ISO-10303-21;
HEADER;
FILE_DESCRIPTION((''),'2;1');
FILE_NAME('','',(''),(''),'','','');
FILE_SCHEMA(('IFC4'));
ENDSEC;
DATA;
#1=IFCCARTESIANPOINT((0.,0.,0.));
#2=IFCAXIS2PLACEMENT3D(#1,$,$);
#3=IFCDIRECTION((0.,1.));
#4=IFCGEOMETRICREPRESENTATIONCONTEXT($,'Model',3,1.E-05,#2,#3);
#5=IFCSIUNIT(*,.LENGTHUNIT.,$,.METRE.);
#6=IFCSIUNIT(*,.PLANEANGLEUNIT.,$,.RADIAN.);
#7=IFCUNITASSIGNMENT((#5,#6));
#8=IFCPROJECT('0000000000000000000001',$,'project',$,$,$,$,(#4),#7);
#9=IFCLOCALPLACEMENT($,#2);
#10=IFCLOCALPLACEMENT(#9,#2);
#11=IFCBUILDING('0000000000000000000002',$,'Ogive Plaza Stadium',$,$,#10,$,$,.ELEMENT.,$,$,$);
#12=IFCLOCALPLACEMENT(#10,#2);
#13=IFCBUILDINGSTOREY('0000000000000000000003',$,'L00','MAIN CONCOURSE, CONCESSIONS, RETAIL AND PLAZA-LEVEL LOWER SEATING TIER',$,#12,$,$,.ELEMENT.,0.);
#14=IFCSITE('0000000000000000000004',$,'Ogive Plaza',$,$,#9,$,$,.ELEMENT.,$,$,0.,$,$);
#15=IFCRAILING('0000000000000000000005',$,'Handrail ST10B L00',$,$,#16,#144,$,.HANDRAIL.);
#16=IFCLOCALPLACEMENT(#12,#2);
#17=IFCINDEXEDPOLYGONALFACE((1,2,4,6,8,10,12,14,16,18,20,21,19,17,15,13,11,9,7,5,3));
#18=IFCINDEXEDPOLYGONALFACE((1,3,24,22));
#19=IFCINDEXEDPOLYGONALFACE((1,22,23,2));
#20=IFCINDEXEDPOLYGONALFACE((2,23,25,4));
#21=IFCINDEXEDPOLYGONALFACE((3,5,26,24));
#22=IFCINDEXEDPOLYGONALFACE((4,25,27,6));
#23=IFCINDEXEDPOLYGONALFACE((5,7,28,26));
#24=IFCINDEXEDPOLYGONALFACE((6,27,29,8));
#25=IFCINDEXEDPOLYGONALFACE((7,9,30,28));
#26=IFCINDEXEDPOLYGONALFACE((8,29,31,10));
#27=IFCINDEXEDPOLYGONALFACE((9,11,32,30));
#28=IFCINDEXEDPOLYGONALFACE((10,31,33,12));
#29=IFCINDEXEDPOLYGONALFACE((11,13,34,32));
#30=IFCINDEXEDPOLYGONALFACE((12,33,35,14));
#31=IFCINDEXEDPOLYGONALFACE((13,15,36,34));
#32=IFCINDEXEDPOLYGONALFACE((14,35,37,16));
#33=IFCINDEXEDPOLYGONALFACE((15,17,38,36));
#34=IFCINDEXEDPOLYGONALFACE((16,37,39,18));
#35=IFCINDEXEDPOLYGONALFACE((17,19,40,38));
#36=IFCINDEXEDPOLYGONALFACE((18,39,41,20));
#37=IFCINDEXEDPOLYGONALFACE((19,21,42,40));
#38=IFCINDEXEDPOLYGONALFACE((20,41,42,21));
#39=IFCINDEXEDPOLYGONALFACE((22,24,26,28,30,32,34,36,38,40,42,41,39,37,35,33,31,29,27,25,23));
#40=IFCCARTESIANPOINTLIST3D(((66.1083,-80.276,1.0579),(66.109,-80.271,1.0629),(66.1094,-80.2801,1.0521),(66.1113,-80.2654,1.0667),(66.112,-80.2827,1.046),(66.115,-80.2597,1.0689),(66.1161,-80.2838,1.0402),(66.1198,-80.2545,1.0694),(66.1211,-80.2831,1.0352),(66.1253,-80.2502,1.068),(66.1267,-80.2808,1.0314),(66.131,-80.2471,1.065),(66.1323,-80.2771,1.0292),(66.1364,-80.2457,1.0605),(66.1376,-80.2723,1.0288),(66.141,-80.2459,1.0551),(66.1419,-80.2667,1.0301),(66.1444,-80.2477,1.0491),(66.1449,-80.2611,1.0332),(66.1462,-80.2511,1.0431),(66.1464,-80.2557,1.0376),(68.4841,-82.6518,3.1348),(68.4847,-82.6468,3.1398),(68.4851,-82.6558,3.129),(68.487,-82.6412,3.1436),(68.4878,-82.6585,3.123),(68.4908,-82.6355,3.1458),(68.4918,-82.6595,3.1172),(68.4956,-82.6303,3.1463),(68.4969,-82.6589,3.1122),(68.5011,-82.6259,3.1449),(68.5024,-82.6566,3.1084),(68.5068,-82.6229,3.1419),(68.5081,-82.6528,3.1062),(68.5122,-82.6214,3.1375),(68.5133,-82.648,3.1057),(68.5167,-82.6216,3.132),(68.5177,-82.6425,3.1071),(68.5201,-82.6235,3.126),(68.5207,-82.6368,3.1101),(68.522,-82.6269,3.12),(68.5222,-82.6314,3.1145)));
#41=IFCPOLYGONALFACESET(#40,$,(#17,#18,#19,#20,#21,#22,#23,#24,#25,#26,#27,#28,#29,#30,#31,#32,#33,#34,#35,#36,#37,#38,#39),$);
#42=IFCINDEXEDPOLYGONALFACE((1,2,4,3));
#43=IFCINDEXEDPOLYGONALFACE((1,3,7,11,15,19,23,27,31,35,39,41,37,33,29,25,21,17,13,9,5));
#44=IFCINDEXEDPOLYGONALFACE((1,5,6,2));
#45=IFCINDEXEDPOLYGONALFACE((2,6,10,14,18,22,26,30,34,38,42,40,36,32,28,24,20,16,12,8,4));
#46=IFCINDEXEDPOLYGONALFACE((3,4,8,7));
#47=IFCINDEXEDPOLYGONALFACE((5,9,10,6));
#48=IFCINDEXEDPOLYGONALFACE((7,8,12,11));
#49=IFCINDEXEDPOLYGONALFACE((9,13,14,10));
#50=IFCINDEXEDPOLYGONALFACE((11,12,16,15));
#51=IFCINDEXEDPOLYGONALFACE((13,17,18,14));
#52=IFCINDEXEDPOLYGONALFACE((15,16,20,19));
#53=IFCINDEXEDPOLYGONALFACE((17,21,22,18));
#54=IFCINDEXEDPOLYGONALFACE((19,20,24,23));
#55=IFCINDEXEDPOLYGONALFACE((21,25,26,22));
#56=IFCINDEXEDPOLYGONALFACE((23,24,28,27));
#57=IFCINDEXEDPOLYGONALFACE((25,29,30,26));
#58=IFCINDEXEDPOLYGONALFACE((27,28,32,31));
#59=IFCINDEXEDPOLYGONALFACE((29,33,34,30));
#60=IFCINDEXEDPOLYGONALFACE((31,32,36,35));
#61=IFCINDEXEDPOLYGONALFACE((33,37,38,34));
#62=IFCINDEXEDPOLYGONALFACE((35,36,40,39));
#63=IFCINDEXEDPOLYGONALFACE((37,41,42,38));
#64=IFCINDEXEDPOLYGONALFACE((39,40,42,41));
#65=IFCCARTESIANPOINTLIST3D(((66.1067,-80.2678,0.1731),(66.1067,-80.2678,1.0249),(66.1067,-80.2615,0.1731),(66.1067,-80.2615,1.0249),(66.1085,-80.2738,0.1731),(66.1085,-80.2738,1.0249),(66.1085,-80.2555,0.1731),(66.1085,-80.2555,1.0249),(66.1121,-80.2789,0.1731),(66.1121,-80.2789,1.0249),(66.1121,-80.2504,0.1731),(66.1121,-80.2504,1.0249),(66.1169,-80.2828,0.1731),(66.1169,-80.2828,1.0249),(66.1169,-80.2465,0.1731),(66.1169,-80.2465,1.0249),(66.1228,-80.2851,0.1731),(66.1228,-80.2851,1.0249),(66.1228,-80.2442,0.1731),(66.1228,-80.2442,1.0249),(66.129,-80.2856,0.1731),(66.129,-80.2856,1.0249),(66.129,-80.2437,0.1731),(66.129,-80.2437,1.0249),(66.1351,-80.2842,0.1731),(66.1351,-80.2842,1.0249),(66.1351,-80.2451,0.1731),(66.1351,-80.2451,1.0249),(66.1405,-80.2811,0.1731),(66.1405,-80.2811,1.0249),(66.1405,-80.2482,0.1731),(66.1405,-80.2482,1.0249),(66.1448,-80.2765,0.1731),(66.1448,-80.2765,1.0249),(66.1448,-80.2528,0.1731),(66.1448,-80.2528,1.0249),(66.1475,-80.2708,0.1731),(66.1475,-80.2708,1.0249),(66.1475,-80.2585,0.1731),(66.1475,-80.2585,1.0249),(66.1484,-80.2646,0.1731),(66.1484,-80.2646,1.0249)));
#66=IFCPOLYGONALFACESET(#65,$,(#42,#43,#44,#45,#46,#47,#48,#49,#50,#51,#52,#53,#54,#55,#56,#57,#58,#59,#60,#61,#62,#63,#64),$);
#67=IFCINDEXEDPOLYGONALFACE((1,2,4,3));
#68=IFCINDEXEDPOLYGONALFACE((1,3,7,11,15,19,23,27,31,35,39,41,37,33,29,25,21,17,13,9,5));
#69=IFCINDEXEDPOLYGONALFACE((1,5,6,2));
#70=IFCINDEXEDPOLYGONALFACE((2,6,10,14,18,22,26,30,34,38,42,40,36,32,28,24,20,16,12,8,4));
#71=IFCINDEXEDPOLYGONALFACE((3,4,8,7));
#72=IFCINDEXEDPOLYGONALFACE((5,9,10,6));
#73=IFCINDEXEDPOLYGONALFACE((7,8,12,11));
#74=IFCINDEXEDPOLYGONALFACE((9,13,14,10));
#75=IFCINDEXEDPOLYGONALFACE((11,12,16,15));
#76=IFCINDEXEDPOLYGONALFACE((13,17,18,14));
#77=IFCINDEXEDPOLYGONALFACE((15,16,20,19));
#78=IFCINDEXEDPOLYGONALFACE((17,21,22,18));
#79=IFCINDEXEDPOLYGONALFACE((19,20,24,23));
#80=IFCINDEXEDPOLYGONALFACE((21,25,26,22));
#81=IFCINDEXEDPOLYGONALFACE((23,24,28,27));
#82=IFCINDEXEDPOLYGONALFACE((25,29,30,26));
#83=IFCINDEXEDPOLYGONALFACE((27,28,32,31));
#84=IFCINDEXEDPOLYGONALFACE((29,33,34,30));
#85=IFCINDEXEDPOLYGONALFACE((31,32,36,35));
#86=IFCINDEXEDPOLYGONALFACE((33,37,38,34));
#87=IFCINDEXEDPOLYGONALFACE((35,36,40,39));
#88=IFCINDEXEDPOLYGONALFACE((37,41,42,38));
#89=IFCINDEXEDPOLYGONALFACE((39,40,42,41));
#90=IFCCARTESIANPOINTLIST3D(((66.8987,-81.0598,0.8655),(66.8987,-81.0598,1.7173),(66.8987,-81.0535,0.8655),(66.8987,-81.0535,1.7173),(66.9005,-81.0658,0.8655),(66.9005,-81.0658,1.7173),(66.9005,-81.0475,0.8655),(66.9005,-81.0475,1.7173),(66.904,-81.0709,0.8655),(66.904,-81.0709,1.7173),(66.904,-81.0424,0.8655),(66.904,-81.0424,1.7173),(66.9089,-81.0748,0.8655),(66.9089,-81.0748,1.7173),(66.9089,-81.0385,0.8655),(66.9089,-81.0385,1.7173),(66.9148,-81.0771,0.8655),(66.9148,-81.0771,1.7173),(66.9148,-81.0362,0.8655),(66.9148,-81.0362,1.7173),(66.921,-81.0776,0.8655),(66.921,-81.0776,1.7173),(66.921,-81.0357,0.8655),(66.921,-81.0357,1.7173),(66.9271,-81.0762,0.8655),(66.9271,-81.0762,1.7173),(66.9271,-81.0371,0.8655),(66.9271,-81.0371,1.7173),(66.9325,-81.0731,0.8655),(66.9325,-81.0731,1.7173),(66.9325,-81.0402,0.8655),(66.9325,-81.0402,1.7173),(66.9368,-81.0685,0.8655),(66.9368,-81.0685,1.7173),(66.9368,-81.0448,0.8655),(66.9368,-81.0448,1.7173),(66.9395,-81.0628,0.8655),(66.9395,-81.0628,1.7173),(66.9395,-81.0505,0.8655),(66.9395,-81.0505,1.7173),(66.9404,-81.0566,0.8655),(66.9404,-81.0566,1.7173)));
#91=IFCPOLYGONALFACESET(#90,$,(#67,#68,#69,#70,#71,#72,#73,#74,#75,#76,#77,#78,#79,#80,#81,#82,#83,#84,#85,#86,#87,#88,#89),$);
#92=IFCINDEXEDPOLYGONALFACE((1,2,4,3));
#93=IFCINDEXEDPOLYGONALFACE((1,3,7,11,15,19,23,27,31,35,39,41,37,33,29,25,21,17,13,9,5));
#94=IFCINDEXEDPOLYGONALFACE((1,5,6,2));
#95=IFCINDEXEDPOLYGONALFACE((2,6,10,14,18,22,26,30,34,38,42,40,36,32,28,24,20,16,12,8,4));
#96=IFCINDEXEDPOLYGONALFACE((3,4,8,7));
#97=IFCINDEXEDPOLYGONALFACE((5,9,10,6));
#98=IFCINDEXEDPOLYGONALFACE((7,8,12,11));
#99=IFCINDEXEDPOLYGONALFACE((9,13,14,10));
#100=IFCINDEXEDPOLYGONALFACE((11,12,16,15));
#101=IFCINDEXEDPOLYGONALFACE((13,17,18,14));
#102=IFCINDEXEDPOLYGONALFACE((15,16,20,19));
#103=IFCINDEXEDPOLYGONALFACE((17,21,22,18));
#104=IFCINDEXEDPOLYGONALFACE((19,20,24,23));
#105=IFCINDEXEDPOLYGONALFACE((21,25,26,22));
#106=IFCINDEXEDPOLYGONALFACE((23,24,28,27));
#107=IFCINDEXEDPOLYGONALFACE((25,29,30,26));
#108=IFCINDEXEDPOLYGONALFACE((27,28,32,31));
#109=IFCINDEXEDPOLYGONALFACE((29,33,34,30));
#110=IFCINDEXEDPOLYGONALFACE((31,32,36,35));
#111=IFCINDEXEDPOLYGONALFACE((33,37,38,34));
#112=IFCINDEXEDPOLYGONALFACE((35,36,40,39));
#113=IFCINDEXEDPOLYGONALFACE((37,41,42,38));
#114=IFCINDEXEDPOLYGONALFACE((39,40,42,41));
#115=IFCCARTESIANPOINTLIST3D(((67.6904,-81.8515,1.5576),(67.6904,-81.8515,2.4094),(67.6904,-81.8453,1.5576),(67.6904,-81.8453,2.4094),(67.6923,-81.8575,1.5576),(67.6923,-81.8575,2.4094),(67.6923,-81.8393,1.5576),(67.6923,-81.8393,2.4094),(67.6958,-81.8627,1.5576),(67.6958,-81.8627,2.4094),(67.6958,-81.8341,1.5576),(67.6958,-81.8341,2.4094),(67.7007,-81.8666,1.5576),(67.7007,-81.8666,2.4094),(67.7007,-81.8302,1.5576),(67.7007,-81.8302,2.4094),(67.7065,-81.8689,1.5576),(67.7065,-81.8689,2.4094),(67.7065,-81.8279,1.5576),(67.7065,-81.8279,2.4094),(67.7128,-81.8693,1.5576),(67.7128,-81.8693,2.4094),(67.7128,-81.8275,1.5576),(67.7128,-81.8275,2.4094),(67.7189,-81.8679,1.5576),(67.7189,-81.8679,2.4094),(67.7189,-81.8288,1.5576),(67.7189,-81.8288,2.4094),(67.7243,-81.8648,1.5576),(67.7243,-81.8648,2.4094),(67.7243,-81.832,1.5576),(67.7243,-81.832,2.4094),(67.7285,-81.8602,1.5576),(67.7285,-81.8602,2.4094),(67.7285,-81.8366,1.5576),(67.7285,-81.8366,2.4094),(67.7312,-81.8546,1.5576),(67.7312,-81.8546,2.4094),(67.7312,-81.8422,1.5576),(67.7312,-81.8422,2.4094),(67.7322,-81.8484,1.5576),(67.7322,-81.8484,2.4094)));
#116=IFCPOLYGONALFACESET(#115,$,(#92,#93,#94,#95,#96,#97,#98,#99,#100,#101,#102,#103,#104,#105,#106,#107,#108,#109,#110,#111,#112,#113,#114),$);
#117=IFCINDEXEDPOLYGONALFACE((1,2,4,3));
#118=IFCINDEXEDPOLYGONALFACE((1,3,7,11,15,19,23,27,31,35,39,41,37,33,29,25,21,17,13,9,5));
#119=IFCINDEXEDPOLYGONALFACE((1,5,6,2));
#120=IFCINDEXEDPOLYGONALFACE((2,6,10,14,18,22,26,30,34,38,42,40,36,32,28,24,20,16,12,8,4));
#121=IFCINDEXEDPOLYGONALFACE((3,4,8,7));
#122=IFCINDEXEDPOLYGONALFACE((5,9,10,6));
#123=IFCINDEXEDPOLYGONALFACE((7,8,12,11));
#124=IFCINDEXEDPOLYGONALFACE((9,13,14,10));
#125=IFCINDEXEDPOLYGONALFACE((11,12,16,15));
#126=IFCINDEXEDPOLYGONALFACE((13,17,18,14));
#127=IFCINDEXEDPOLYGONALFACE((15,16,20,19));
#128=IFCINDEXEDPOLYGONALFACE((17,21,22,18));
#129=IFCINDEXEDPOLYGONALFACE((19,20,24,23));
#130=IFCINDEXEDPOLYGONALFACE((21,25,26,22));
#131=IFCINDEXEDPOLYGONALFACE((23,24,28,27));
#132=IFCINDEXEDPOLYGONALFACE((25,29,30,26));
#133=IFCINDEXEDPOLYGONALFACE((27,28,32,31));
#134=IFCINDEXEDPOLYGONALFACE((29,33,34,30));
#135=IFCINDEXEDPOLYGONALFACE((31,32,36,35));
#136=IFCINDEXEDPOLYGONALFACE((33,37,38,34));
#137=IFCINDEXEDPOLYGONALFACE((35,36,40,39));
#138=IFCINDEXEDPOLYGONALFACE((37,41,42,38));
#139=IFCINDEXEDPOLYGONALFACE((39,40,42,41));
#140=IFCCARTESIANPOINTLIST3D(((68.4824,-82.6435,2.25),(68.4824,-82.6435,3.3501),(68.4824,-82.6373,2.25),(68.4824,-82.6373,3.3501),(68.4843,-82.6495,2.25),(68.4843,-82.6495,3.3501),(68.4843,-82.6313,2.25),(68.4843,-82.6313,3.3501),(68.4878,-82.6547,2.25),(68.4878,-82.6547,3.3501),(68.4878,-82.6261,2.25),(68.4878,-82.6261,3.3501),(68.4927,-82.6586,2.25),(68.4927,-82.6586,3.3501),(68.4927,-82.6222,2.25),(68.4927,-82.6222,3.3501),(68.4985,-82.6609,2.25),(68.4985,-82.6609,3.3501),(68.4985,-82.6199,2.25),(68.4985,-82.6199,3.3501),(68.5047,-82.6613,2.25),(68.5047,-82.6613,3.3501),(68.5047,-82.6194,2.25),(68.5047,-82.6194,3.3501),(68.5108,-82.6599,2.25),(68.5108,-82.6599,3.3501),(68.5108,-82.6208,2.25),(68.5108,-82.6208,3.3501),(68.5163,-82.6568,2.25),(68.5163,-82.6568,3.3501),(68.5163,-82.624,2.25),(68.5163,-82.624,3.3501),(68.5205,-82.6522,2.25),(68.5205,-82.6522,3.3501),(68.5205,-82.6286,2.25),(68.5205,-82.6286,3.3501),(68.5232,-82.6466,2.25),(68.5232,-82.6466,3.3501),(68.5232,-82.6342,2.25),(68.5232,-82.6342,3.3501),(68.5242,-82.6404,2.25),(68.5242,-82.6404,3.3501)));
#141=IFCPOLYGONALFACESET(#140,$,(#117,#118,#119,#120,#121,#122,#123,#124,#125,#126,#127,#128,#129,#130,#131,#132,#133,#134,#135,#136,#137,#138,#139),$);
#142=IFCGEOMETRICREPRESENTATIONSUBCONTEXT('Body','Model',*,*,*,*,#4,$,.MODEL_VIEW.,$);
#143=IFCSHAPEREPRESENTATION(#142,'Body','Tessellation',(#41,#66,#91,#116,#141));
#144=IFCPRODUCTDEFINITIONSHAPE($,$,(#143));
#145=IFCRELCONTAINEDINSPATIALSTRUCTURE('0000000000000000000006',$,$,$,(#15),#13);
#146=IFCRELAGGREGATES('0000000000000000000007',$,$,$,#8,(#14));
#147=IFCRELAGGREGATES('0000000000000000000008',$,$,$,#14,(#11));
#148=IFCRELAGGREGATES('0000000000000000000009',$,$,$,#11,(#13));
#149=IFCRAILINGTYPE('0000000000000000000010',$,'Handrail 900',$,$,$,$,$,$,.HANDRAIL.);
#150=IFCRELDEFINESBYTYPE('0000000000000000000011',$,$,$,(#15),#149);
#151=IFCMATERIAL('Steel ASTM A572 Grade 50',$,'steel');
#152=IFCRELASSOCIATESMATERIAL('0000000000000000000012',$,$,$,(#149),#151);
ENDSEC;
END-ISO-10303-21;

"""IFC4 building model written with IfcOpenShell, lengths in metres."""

from ifc_helpers import new_model, si_unit, direction, frame, origin, origin_2d, place, context, subcontext, project, spatial, circle, extrude, material, type_object, element, save


model = new_model("IFC4")

# Units and contexts
model_context = context("Model", 3, precision=1e-05, world=origin(), true_north=direction((0.0, 1.0)))
body_context = subcontext(model_context, "Body", "Model", "MODEL_VIEW")
ifc_project = project(units=[si_unit("LENGTHUNIT", "METRE"), si_unit("PLANEANGLEUNIT", "RADIAN")], contexts=[model_context])

# Site, building, storey
site_placement = place(None, origin())
site = spatial("IfcSite", under=ifc_project, at=site_placement, Name="Ogive Plaza", CompositionType="ELEMENT", RefElevation=0.0)
building_placement = place(site_placement, origin())
building = spatial("IfcBuilding", under=site, at=building_placement, Name="Ogive Plaza Stadium", CompositionType="ELEMENT")
storey_placement = place(building_placement, origin())
storey = spatial("IfcBuildingStorey", under=building, at=storey_placement, Name="L00", Description="MAIN CONCOURSE, CONCESSIONS, RETAIL AND PLAZA-LEVEL LOWER SEATING TIER", CompositionType="ELEMENT", Elevation=0.0)

# Railing
ifc_material_1 = material(Name="Steel ASTM A572 Grade 50", Category="steel")
railing_type_1 = type_object("IfcRailingType", Name="Handrail 900", PredefinedType="HANDRAIL", material=ifc_material_1)
railing_1_placement = place(storey_placement, frame((66.1274, -80.2646, 0.1731)))
element("IfcRailing", 1, at=railing_1_placement, inside=storey, type_object=railing_type_1, Name="Handrail ST10B L00", PredefinedType="HANDRAIL", context=body_context, shape_type="SweptSolid", body=[
    extrude(circle(Radius=0.0239, at=origin_2d()), frame((0.0, 0.0, 0.876), z_axis=(0.601466, -0.601466, 0.525811), x_axis=(0.707107, 0.707107, 0.0)), (0.0, 0.0, 1.0), 3.95),
    extrude(circle(Radius=0.021, at=origin_2d()), origin(), (0.0, 0.0, 1.0), 0.8518),
    extrude(circle(Radius=0.021, at=origin_2d()), frame((0.792, -0.792, 0.6924)), (0.0, 0.0, 1.0), 0.8518),
    extrude(circle(Radius=0.021, at=origin_2d()), frame((1.5837, -1.5837, 1.3845)), (0.0, 0.0, 1.0), 0.8518),
    extrude(circle(Radius=0.021, at=origin_2d()), frame((2.3757, -2.3757, 2.0769)), (0.0, 0.0, 1.0), 1.1001),
])

save(model, "model.ifc")
